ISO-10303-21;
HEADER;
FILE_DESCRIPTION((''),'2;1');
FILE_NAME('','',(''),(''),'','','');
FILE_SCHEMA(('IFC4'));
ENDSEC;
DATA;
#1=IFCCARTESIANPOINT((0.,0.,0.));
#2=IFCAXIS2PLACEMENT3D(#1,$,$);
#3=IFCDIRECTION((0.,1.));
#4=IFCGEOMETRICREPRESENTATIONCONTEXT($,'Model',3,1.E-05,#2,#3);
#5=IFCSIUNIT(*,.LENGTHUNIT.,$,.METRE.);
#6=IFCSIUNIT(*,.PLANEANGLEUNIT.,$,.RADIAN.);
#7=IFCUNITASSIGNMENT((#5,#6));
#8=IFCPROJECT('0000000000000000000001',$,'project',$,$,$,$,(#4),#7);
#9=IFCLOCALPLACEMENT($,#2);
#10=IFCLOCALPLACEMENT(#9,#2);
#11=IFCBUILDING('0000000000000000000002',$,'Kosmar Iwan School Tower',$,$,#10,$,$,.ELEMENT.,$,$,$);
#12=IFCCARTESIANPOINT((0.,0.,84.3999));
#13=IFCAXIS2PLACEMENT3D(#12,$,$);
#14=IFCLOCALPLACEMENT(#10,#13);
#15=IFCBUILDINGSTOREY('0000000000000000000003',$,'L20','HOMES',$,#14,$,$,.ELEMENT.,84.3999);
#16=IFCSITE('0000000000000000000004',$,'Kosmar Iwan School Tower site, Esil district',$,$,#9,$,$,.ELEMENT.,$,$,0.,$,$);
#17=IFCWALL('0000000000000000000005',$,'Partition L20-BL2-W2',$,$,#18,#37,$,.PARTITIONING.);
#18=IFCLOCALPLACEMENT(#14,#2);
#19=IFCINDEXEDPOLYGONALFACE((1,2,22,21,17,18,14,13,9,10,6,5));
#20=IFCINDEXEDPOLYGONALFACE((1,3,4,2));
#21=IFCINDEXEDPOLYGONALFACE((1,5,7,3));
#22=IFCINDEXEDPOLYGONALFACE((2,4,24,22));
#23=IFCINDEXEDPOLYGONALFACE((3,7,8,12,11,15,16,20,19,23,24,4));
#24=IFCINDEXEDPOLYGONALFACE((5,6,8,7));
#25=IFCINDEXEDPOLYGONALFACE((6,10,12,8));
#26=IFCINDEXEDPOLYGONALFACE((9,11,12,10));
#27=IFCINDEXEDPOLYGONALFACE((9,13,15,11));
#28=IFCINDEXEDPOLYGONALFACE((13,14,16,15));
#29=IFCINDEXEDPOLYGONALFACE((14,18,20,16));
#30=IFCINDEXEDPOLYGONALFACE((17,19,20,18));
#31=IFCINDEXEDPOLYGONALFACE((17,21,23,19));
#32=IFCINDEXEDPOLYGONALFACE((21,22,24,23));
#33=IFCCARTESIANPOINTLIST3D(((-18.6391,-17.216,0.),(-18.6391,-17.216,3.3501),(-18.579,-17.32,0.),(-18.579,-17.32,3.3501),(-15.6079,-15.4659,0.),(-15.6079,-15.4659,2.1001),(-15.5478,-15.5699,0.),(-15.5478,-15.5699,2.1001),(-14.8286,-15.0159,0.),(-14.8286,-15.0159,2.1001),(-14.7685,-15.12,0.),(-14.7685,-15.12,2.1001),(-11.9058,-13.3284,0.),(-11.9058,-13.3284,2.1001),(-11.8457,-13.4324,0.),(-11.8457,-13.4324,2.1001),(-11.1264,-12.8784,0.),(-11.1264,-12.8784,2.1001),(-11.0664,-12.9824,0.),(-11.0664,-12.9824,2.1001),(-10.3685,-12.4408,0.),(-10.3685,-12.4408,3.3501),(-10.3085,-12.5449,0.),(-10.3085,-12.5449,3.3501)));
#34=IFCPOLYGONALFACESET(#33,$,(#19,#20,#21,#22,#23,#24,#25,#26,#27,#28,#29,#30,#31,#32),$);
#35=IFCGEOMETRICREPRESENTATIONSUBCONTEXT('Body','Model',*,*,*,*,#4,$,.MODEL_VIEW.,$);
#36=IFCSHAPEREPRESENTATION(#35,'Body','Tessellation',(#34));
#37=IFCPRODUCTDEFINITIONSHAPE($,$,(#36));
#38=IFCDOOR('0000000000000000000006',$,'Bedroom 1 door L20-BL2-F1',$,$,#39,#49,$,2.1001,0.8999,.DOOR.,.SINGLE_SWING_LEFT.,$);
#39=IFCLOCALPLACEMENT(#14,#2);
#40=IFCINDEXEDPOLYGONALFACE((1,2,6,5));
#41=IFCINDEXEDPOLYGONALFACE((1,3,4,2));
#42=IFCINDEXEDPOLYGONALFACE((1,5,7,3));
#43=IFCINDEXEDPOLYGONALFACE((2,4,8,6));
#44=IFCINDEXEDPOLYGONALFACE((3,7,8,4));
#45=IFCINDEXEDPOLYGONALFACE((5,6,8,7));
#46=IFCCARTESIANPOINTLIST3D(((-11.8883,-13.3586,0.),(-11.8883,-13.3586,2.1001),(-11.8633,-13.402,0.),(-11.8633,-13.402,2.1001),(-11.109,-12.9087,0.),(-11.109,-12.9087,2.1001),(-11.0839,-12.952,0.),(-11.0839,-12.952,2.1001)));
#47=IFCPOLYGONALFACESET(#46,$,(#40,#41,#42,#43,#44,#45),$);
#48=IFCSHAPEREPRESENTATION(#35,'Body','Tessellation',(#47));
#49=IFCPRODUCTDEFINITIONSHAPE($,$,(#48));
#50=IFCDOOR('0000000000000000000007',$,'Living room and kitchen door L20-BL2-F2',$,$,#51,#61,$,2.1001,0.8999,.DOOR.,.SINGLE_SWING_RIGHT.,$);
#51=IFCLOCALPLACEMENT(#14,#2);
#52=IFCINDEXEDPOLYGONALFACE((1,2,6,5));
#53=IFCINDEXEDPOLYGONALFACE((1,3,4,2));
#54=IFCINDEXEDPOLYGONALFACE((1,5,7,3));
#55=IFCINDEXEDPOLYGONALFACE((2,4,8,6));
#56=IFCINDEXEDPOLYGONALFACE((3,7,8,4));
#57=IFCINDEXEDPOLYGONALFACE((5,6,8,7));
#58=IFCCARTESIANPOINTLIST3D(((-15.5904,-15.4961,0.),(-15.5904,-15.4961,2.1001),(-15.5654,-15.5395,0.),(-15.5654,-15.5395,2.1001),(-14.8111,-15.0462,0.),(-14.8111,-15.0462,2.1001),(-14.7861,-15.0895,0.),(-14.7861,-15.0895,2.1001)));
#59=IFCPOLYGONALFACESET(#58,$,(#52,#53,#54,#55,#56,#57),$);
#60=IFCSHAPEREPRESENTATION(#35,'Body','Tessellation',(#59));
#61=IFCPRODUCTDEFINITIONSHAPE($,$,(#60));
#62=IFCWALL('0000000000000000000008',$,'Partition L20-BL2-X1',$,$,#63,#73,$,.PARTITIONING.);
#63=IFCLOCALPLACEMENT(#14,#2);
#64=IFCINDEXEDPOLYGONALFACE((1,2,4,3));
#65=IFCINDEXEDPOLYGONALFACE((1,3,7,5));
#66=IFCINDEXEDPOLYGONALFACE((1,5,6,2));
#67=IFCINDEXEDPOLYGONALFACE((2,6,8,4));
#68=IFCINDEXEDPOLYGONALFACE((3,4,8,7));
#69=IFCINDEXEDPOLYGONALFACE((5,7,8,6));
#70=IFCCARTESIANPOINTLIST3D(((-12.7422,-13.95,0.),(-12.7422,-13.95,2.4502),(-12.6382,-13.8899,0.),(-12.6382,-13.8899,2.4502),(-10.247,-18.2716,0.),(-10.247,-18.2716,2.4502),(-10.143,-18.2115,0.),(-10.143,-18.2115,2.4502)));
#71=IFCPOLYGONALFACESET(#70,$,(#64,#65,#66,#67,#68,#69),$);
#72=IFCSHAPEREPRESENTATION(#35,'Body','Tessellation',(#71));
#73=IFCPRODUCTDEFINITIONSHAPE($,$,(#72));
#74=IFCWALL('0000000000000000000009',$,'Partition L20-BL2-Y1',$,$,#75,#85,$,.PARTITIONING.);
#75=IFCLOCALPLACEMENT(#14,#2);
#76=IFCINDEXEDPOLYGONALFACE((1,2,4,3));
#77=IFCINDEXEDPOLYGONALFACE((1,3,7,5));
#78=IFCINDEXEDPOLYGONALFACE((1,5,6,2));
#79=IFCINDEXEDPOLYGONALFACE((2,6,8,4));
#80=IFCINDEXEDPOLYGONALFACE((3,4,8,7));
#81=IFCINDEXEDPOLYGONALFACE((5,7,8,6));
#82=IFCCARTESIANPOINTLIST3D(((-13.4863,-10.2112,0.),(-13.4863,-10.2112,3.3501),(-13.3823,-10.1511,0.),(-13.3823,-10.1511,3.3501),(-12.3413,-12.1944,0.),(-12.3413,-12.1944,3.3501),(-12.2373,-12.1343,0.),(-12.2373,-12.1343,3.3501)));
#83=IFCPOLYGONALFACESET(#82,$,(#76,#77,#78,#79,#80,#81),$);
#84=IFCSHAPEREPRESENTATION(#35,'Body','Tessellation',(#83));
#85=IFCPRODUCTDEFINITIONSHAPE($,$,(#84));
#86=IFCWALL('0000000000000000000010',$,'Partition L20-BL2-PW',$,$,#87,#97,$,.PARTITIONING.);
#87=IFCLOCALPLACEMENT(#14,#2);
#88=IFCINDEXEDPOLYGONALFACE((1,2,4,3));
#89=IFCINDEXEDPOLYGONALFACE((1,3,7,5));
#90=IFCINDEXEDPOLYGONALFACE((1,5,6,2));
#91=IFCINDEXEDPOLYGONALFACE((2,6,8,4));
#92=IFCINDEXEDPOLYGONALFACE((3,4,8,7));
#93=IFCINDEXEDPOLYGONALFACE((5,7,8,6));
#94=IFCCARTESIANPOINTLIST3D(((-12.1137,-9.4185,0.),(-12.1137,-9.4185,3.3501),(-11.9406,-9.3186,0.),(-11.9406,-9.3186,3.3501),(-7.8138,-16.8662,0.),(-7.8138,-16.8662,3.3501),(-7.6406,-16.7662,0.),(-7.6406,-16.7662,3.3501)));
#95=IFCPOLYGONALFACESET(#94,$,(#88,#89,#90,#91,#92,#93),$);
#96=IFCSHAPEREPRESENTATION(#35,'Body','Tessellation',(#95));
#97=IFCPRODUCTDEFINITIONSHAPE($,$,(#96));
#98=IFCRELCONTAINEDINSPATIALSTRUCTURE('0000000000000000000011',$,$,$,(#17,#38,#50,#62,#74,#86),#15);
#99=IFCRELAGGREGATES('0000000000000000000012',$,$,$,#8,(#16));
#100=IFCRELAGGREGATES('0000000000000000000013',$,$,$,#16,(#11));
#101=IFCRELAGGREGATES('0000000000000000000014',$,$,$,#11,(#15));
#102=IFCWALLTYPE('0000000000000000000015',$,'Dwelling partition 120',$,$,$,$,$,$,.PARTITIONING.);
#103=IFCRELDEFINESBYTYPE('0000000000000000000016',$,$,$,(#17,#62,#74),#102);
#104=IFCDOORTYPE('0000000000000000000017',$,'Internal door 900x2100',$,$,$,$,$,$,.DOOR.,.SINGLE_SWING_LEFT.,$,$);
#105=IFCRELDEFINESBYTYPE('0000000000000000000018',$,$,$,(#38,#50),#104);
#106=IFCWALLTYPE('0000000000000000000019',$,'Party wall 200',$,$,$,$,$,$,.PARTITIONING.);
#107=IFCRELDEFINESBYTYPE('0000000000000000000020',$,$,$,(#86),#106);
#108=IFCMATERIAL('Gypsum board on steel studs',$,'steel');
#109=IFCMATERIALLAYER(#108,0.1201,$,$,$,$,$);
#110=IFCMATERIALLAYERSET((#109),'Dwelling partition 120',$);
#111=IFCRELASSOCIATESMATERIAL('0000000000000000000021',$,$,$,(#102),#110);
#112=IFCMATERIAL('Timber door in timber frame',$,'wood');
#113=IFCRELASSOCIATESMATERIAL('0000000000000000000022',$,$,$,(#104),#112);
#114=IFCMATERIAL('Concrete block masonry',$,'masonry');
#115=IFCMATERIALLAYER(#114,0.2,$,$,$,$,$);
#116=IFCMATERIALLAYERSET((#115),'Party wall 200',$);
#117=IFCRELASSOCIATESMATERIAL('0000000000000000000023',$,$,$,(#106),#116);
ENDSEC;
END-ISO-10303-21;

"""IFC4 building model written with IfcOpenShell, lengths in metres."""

from ifc_helpers import new_model, si_unit, direction, frame, frame_2d, origin, place, context, subcontext, project, spatial, rectangle, extrude, material, layer, layer_set, type_object, element, fill, save


model = new_model("IFC4")

# Units and contexts
model_context = context("Model", 3, precision=1e-05, world=origin(), true_north=direction((0.0, 1.0)))
body_context = subcontext(model_context, "Body", "Model", "MODEL_VIEW")
ifc_project = project(units=[si_unit("LENGTHUNIT", "METRE"), si_unit("PLANEANGLEUNIT", "RADIAN")], contexts=[model_context])

# Site, building, storey
site_placement = place(None, origin())
site = spatial("IfcSite", under=ifc_project, at=site_placement, Name="Kosmar Iwan School Tower site, Esil district", CompositionType="ELEMENT", RefElevation=0.0)
building_placement = place(site_placement, origin())
building = spatial("IfcBuilding", under=site, at=building_placement, Name="Kosmar Iwan School Tower", CompositionType="ELEMENT")
storey_placement = place(building_placement, frame((0.0, 0.0, 84.3999)))
storey = spatial("IfcBuildingStorey", under=building, at=storey_placement, Name="L20", Description="HOMES", CompositionType="ELEMENT", Elevation=84.3999)

# Shared definitions
ifc_material_1 = material(Name="Gypsum board on steel studs", Category="steel")
ifc_layer_1 = layer(ifc_material_1, 0.1201)
ifc_layer_set_1 = layer_set([ifc_layer_1], Name="Dwelling partition 120")
wall_type_1 = type_object("IfcWallType", Name="Dwelling partition 120", PredefinedType="PARTITIONING", material=ifc_layer_set_1)
ifc_material_2 = material(Name="Timber door in timber frame", Category="wood")
door_type_1 = type_object("IfcDoorType", Name="Internal door 900x2100", OperationType="SINGLE_SWING_LEFT", PredefinedType="DOOR", material=ifc_material_2)

# Wall, openings, doors
wall_1_placement = place(storey_placement, frame((-10.3386, -12.4929, 0.0), z_axis=(0.0, 0.0, 1.0), x_axis=(-0.866018, -0.500013, 0.0)))
wall_1 = element("IfcWall", 1, at=wall_1_placement, inside=storey, type_object=wall_type_1, Name="Partition L20-BL2-W2", PredefinedType="PARTITIONING", context=body_context, shape_type="SweptSolid", body=[
    extrude(rectangle(XDim=9.55, YDim=0.1201, at=frame_2d((4.7749, 0.0))), origin(), (0.0, 0.0, 1.0), 3.3501),
])
opening_1_placement = place(wall_1_placement, frame((0.875, 0.0, 0.0)))
opening_1 = element("IfcOpeningElement", 2, at=opening_1_placement, cuts=wall_1, PredefinedType="OPENING", context=body_context, shape_type="SweptSolid", body=[
    extrude(rectangle(XDim=0.8999, YDim=2.1001, at=frame_2d((0.45, 1.05))), frame((0.0, 0.072, 0.0), z_axis=(0.0, -1.0, 0.0), x_axis=(1.0, 0.0, 0.0)), (0.0, 0.0, 1.0), 0.144),
])
opening_2_placement = place(wall_1_placement, frame((5.1499, 0.0, 0.0)))
opening_2 = element("IfcOpeningElement", 3, at=opening_2_placement, cuts=wall_1, PredefinedType="OPENING", context=body_context, shape_type="SweptSolid", body=[
    extrude(rectangle(XDim=0.8999, YDim=2.1001, at=frame_2d((0.45, 1.05))), frame((0.0, 0.072, 0.0), z_axis=(0.0, -1.0, 0.0), x_axis=(1.0, 0.0, 0.0)), (0.0, 0.0, 1.0), 0.144),
])
door_1_placement = place(opening_1_placement, origin())
door_1 = element("IfcDoor", 4, at=door_1_placement, inside=storey, type_object=door_type_1, Name="Bedroom 1 door L20-BL2-F1", OperationType="SINGLE_SWING_LEFT", OverallHeight=2.1001, OverallWidth=0.8999, PredefinedType="DOOR", context=body_context, shape_type="SweptSolid", body=[
    extrude(rectangle(XDim=0.8999, YDim=2.1001, at=frame_2d((0.45, 1.05))), frame((0.0, 0.0249, 0.0), z_axis=(0.0, -1.0, 0.0), x_axis=(1.0, 0.0, 0.0)), (0.0, 0.0, 1.0), 0.05),
])
fill(opening_1, door_1)
door_2_placement = place(opening_2_placement, origin())
door_2 = element("IfcDoor", 5, at=door_2_placement, inside=storey, type_object=door_type_1, Name="Living room and kitchen door L20-BL2-F2", OperationType="SINGLE_SWING_RIGHT", OverallHeight=2.1001, OverallWidth=0.8999, PredefinedType="DOOR", context=body_context, shape_type="SweptSolid", body=[
    extrude(rectangle(XDim=0.8999, YDim=2.1001, at=frame_2d((0.45, 1.05))), frame((0.0, 0.0249, 0.0), z_axis=(0.0, -1.0, 0.0), x_axis=(1.0, 0.0, 0.0)), (0.0, 0.0, 1.0), 0.05),
])
fill(opening_2, door_2)

# Walls
wall_2_placement = place(storey_placement, frame((-12.6902, -13.9199, 0.0), z_axis=(0.0, 0.0, 1.0), x_axis=(0.500012, -0.866019, 0.0)))
element("IfcWall", 6, at=wall_2_placement, inside=storey, type_object=wall_type_1, Name="Partition L20-BL2-X1", PredefinedType="PARTITIONING", context=body_context, shape_type="SweptSolid", body=[
    extrude(rectangle(XDim=4.9902, YDim=0.1201, at=frame_2d((2.4951, 0.0))), origin(), (0.0, 0.0, 1.0), 2.4502),
])
wall_3_placement = place(storey_placement, frame((-13.4343, -10.1812, 0.0), z_axis=(0.0, 0.0, 1.0), x_axis=(0.500015, -0.866017, 0.0)))
element("IfcWall", 7, at=wall_3_placement, inside=storey, type_object=wall_type_1, Name="Partition L20-BL2-Y1", PredefinedType="PARTITIONING", context=body_context, shape_type="SweptSolid", body=[
    extrude(rectangle(XDim=2.29, YDim=0.1201, at=frame_2d((1.145, 0.0))), origin(), (0.0, 0.0, 1.0), 3.3501),
])
ifc_material_3 = material(Name="Concrete block masonry", Category="masonry")
ifc_layer_2 = layer(ifc_material_3, 0.2)
ifc_layer_set_2 = layer_set([ifc_layer_2], Name="Party wall 200")
wall_type_2 = type_object("IfcWallType", Name="Party wall 200", PredefinedType="PARTITIONING", material=ifc_layer_set_2)
wall_4_placement = place(storey_placement, frame((-12.0271, -9.3687, 0.0), z_axis=(0.0, 0.0, 1.0), x_axis=(0.500008, -0.866021, 0.0)))
element("IfcWall", 8, at=wall_4_placement, inside=storey, type_object=wall_type_2, Name="Partition L20-BL2-PW", PredefinedType="PARTITIONING", context=body_context, shape_type="SweptSolid", body=[
    extrude(rectangle(XDim=8.5999, YDim=0.2, at=frame_2d((4.2998, 0.0))), origin(), (0.0, 0.0, 1.0), 3.3501),
])

save(model, "model.ifc")
